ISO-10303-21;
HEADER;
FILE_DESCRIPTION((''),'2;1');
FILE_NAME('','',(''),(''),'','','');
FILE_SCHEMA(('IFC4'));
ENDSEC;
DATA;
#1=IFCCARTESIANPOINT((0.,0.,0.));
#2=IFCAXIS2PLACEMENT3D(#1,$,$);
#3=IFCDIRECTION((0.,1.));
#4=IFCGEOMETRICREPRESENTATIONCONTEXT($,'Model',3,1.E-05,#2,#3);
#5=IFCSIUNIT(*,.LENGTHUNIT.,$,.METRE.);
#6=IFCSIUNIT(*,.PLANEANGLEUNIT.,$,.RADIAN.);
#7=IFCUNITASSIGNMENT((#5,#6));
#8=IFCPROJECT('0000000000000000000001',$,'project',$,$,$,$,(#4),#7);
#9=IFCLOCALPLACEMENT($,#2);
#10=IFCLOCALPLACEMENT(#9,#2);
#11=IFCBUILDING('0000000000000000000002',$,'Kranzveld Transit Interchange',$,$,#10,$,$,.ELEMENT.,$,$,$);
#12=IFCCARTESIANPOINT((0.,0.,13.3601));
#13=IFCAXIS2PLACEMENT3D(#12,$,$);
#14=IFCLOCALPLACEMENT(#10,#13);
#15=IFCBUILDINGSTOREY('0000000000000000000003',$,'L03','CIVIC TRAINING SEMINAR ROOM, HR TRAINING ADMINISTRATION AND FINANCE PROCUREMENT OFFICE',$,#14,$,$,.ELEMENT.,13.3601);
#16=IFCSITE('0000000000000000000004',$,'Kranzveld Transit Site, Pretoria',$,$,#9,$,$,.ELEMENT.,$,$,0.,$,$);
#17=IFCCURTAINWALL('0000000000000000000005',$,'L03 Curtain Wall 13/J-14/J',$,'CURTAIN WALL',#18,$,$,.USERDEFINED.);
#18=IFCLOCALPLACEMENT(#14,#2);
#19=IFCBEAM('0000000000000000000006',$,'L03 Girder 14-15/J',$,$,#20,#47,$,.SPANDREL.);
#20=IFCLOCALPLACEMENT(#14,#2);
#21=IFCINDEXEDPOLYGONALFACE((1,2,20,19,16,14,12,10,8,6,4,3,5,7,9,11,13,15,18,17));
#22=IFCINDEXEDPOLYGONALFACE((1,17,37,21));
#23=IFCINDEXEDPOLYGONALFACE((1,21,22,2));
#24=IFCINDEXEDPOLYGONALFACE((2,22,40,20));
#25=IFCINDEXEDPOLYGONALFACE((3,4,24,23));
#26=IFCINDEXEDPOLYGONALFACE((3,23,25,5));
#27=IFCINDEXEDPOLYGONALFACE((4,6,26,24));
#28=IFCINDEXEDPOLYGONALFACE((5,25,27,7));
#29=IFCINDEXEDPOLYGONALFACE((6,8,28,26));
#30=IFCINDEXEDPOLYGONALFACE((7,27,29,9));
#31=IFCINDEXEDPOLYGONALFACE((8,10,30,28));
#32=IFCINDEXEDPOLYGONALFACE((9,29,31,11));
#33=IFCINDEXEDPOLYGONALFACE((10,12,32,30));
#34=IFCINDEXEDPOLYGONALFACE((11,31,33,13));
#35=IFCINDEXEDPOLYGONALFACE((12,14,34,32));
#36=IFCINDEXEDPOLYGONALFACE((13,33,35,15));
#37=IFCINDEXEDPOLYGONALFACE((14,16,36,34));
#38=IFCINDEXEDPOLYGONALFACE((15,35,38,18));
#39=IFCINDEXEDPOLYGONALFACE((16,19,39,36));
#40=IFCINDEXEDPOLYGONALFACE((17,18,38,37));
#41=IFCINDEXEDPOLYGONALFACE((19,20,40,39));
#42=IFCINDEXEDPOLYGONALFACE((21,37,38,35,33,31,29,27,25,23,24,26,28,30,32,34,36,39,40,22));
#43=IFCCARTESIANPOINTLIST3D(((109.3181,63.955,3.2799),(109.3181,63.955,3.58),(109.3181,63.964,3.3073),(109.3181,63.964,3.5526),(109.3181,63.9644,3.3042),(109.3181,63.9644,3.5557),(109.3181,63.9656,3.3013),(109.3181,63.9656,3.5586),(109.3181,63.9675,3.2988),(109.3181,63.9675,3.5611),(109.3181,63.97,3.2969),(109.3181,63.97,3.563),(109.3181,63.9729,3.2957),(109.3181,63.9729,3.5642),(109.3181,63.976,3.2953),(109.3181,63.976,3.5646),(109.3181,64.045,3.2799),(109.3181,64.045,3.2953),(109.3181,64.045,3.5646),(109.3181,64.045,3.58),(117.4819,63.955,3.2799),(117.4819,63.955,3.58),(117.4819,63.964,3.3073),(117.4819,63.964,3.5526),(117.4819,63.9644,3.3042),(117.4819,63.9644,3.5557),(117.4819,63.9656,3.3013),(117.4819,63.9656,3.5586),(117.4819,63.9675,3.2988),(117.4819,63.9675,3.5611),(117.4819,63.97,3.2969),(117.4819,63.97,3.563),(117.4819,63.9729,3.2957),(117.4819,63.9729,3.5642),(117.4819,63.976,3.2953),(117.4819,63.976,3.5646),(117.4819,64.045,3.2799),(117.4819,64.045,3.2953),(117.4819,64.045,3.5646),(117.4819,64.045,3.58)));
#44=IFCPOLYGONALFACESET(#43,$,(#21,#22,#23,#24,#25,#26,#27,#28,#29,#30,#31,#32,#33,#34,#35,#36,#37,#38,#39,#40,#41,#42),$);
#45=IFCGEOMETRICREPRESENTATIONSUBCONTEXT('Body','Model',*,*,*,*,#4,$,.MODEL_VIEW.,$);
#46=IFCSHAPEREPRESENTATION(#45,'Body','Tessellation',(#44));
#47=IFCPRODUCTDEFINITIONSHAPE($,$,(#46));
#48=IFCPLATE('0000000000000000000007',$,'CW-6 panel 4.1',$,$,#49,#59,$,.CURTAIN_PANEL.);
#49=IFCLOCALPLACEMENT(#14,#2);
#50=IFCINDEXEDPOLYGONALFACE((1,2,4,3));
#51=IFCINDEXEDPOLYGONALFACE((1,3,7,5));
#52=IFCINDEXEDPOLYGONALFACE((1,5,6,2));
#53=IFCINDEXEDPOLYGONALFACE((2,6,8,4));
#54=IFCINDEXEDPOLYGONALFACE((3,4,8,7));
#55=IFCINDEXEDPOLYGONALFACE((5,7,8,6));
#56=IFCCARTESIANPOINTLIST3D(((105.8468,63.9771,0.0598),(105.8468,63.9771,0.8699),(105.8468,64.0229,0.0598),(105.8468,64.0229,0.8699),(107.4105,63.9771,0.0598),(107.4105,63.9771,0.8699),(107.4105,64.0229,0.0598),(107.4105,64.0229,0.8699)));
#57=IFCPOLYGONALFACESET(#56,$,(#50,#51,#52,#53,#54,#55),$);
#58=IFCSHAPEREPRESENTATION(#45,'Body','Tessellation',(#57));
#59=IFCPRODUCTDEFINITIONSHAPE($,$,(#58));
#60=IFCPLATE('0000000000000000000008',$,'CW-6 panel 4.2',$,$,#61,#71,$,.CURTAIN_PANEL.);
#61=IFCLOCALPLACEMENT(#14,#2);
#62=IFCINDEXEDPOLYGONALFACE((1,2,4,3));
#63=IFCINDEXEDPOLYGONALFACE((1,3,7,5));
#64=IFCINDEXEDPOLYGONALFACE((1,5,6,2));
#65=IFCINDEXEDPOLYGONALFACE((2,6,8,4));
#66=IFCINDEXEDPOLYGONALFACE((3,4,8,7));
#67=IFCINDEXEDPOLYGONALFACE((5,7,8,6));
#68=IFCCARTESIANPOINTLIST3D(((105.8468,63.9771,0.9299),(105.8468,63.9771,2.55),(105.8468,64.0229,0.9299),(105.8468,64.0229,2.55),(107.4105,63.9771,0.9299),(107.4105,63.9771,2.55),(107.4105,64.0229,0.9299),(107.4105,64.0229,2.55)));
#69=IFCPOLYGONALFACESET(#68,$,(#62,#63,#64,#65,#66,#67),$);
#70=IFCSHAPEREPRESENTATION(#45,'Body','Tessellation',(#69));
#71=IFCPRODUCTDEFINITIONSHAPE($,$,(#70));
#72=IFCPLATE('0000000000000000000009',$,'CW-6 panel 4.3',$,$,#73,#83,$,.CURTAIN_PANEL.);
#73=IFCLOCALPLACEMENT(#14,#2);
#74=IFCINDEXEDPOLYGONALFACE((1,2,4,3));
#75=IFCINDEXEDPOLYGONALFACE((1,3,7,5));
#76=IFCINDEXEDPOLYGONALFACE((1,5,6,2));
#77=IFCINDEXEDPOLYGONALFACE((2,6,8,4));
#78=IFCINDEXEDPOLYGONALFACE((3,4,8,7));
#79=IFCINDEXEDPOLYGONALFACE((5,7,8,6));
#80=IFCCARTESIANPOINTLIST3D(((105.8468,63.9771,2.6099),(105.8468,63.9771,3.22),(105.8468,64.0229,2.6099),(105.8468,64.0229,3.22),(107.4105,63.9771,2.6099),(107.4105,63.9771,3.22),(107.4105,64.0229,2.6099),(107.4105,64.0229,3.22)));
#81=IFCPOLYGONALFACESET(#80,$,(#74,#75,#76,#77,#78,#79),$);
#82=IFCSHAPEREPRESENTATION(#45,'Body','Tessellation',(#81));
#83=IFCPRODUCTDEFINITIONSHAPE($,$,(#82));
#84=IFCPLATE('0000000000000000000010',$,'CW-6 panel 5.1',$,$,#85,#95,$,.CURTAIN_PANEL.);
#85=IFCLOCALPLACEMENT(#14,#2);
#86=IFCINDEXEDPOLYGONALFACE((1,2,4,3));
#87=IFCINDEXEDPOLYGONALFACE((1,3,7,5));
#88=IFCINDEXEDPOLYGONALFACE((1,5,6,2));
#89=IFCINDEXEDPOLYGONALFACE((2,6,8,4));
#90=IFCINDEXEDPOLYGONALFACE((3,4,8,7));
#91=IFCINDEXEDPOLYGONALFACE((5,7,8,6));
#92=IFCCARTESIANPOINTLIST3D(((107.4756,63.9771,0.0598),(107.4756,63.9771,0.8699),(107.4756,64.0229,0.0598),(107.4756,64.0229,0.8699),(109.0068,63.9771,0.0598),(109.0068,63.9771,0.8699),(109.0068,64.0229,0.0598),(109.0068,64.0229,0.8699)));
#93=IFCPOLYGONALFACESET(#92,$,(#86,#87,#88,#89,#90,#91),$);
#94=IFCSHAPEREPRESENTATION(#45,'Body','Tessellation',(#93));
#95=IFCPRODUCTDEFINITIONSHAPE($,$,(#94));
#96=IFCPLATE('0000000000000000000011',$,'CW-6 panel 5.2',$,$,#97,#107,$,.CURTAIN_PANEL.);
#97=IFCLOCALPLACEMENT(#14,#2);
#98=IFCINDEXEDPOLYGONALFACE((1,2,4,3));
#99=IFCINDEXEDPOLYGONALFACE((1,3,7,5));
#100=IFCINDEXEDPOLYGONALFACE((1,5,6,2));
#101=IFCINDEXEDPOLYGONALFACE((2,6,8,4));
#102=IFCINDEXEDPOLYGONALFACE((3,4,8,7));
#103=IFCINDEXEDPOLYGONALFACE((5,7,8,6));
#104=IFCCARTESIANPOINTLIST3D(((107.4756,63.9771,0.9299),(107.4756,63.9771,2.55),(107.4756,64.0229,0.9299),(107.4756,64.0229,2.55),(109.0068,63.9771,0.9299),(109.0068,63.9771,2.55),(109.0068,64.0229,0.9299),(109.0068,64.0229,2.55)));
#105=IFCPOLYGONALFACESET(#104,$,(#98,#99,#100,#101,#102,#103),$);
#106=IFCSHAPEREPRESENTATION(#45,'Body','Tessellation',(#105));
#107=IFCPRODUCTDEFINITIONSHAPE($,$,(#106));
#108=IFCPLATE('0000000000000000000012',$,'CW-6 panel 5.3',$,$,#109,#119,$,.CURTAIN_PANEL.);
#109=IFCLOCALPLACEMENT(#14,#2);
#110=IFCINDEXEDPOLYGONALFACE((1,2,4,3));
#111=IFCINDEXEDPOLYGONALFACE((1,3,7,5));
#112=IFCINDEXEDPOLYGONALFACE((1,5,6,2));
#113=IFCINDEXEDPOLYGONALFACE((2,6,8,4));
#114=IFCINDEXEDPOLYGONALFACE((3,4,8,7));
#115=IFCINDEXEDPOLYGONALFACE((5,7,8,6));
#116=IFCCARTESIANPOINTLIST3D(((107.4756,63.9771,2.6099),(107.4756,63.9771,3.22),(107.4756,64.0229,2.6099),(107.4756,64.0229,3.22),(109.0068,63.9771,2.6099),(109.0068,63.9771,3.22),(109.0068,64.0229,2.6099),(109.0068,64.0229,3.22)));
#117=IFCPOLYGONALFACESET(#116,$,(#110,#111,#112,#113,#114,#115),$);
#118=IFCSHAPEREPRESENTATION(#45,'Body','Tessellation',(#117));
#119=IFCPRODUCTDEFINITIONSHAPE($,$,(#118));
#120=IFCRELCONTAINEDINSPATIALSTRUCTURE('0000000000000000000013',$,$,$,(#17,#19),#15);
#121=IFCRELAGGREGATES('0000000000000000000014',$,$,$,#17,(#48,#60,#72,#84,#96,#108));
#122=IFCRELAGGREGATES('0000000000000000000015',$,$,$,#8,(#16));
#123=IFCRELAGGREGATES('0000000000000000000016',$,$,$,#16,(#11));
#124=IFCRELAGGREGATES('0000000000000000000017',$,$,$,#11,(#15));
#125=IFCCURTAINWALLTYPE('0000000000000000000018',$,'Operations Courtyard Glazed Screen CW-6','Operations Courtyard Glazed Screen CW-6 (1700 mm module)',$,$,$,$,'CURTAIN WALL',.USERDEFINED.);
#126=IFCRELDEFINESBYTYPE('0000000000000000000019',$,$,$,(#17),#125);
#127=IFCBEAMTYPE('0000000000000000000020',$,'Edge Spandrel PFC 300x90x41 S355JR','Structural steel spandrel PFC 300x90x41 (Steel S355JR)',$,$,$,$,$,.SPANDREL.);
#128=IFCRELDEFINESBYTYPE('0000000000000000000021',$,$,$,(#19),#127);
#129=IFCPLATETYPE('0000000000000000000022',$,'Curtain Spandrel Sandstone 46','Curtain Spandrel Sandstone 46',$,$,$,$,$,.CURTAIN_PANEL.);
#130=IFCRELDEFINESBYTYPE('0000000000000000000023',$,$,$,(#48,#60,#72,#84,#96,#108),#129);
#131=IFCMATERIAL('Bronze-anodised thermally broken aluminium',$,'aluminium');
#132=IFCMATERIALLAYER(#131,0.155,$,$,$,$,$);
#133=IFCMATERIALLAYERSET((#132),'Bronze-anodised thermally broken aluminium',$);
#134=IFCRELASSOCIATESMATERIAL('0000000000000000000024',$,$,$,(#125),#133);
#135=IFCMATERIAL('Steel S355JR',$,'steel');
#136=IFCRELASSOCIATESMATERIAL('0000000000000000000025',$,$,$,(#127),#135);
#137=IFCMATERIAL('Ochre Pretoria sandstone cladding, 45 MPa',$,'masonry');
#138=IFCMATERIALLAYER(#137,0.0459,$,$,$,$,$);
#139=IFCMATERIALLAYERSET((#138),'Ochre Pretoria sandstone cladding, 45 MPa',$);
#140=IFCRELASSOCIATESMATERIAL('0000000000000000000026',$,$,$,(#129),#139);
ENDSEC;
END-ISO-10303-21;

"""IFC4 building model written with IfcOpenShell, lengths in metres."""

from ifc_helpers import new_model, si_unit, direction, frame, origin, origin_2d, place, context, subcontext, project, spatial, rectangle, u_section, extrude, material, layer, layer_set, material_profile, profile_set, type_object, element, aggregate, save


model = new_model("IFC4")

# Units and contexts
model_context = context("Model", 3, precision=1e-05, world=origin(), true_north=direction((0.0, 1.0)))
body_context = subcontext(model_context, "Body", "Model", "MODEL_VIEW")
ifc_project = project(units=[si_unit("LENGTHUNIT", "METRE"), si_unit("PLANEANGLEUNIT", "RADIAN")], contexts=[model_context])

# Site, building, storey
site_placement = place(None, origin())
site = spatial("IfcSite", under=ifc_project, at=site_placement, Name="Kranzveld Transit Site, Pretoria", CompositionType="ELEMENT", RefElevation=0.0)
building_placement = place(site_placement, origin())
building = spatial("IfcBuilding", under=site, at=building_placement, Name="Kranzveld Transit Interchange", CompositionType="ELEMENT")
storey_placement = place(building_placement, frame((0.0, 0.0, 13.3601)))
storey = spatial("IfcBuildingStorey", under=building, at=storey_placement, Name="L03", Description="CIVIC TRAINING SEMINAR ROOM, HR TRAINING ADMINISTRATION AND FINANCE PROCUREMENT OFFICE", CompositionType="ELEMENT", Elevation=13.3601)

# Curtain wall
ifc_material_1 = material(Name="Bronze-anodised thermally broken aluminium", Category="aluminium")
ifc_layer_1 = layer(ifc_material_1, 0.155)
ifc_layer_set_1 = layer_set([ifc_layer_1], Name="Bronze-anodised thermally broken aluminium")
curtain_wall_type_1 = type_object("IfcCurtainWallType", Name="Operations Courtyard Glazed Screen CW-6", Description="Operations Courtyard Glazed Screen CW-6 (1700 mm module)", ElementType="CURTAIN WALL", PredefinedType="USERDEFINED", material=ifc_layer_set_1)
curtain_wall_1_placement = place(storey_placement, origin())
curtain_wall_1 = element("IfcCurtainWall", 1, at=curtain_wall_1_placement, inside=storey, type_object=curtain_wall_type_1, Name="L03 Curtain Wall 13/J-14/J", ObjectType="CURTAIN WALL", PredefinedType="USERDEFINED")

# Beam
ifc_material_2 = material(Name="Steel S355JR", Category="steel")
ifc_material_profile_1 = material_profile(ifc_material_2, u_section(Depth=0.3, FlangeWidth=0.0901, WebThickness=0.009, FlangeThickness=0.0154, FilletRadius=0.012, at=origin_2d()), Name="PFC 300x90x41")
ifc_profile_set_1 = profile_set([ifc_material_profile_1], Name="Steel S355JR")
beam_type_1 = type_object("IfcBeamType", Name="Edge Spandrel PFC 300x90x41 S355JR", Description="Structural steel spandrel PFC 300x90x41 (Steel S355JR)", PredefinedType="SPANDREL", material=ifc_profile_set_1)
beam_1_placement = place(storey_placement, frame((109.3181, 64.0, 3.4299), z_axis=(1.0, 0.0, 0.0), x_axis=(0.0, 1.0, 0.0)))
element("IfcBeam", 2, at=beam_1_placement, inside=storey, type_object=beam_type_1, Name="L03 Girder 14-15/J", PredefinedType="SPANDREL", context=body_context, shape_type="SweptSolid", body=[
    extrude(u_section(Depth=0.3, FlangeWidth=0.0901, WebThickness=0.009, FlangeThickness=0.0154, FilletRadius=0.012, at=origin_2d()), origin(), (0.0, 0.0, 1.0), 8.1638),
])

# Plates
ifc_material_3 = material(Name="Ochre Pretoria sandstone cladding, 45 MPa", Category="masonry")
ifc_layer_2 = layer(ifc_material_3, 0.0459)
ifc_layer_set_2 = layer_set([ifc_layer_2], Name="Ochre Pretoria sandstone cladding, 45 MPa")
plate_type = type_object("IfcPlateType", Name="Curtain Spandrel Sandstone 46", Description="Curtain Spandrel Sandstone 46", PredefinedType="CURTAIN_PANEL", material=ifc_layer_set_2)
plate_1_placement = place(storey_placement, frame((106.6287, 64.0, 0.0598), z_axis=(0.0, 0.0, 1.0), x_axis=(1.0, 0.0, 0.0)))
plate_1 = element("IfcPlate", 3, at=plate_1_placement, type_object=plate_type, Name="CW-6 panel 4.1", PredefinedType="CURTAIN_PANEL", context=body_context, shape_type="SweptSolid", body=[
    extrude(rectangle(XDim=1.5637, YDim=0.0459, at=origin_2d()), origin(), (0.0, 0.0, 1.0), 0.8101),
])
plate_2_placement = place(storey_placement, frame((106.6287, 64.0, 0.9299), z_axis=(0.0, 0.0, 1.0), x_axis=(1.0, 0.0, 0.0)))
plate_2 = element("IfcPlate", 4, at=plate_2_placement, type_object=plate_type, Name="CW-6 panel 4.2", PredefinedType="CURTAIN_PANEL", context=body_context, shape_type="SweptSolid", body=[
    extrude(rectangle(XDim=1.5637, YDim=0.0459, at=origin_2d()), origin(), (0.0, 0.0, 1.0), 1.6201),
])
plate_3_placement = place(storey_placement, frame((106.6287, 64.0, 2.6099), z_axis=(0.0, 0.0, 1.0), x_axis=(1.0, 0.0, 0.0)))
plate_3 = element("IfcPlate", 5, at=plate_3_placement, type_object=plate_type, Name="CW-6 panel 4.3", PredefinedType="CURTAIN_PANEL", context=body_context, shape_type="SweptSolid", body=[
    extrude(rectangle(XDim=1.5637, YDim=0.0459, at=origin_2d()), origin(), (0.0, 0.0, 1.0), 0.6101),
])
plate_4_placement = place(storey_placement, frame((108.2412, 64.0, 0.0598), z_axis=(0.0, 0.0, 1.0), x_axis=(1.0, 0.0, 0.0)))
plate_4 = element("IfcPlate", 6, at=plate_4_placement, type_object=plate_type, Name="CW-6 panel 5.1", PredefinedType="CURTAIN_PANEL", context=body_context, shape_type="SweptSolid", body=[
    extrude(rectangle(XDim=1.5312, YDim=0.0459, at=origin_2d()), origin(), (0.0, 0.0, 1.0), 0.8101),
])
plate_5_placement = place(storey_placement, frame((108.2412, 64.0, 0.9299), z_axis=(0.0, 0.0, 1.0), x_axis=(1.0, 0.0, 0.0)))
plate_5 = element("IfcPlate", 7, at=plate_5_placement, type_object=plate_type, Name="CW-6 panel 5.2", PredefinedType="CURTAIN_PANEL", context=body_context, shape_type="SweptSolid", body=[
    extrude(rectangle(XDim=1.5312, YDim=0.0459, at=origin_2d()), origin(), (0.0, 0.0, 1.0), 1.6201),
])
plate_6_placement = place(storey_placement, frame((108.2412, 64.0, 2.6099), z_axis=(0.0, 0.0, 1.0), x_axis=(1.0, 0.0, 0.0)))
plate_6 = element("IfcPlate", 8, at=plate_6_placement, type_object=plate_type, Name="CW-6 panel 5.3", PredefinedType="CURTAIN_PANEL", context=body_context, shape_type="SweptSolid", body=[
    extrude(rectangle(XDim=1.5312, YDim=0.0459, at=origin_2d()), origin(), (0.0, 0.0, 1.0), 0.6101),
])
aggregate(curtain_wall_1, [plate_1, plate_2, plate_3, plate_4, plate_5, plate_6])

save(model, "model.ifc")
